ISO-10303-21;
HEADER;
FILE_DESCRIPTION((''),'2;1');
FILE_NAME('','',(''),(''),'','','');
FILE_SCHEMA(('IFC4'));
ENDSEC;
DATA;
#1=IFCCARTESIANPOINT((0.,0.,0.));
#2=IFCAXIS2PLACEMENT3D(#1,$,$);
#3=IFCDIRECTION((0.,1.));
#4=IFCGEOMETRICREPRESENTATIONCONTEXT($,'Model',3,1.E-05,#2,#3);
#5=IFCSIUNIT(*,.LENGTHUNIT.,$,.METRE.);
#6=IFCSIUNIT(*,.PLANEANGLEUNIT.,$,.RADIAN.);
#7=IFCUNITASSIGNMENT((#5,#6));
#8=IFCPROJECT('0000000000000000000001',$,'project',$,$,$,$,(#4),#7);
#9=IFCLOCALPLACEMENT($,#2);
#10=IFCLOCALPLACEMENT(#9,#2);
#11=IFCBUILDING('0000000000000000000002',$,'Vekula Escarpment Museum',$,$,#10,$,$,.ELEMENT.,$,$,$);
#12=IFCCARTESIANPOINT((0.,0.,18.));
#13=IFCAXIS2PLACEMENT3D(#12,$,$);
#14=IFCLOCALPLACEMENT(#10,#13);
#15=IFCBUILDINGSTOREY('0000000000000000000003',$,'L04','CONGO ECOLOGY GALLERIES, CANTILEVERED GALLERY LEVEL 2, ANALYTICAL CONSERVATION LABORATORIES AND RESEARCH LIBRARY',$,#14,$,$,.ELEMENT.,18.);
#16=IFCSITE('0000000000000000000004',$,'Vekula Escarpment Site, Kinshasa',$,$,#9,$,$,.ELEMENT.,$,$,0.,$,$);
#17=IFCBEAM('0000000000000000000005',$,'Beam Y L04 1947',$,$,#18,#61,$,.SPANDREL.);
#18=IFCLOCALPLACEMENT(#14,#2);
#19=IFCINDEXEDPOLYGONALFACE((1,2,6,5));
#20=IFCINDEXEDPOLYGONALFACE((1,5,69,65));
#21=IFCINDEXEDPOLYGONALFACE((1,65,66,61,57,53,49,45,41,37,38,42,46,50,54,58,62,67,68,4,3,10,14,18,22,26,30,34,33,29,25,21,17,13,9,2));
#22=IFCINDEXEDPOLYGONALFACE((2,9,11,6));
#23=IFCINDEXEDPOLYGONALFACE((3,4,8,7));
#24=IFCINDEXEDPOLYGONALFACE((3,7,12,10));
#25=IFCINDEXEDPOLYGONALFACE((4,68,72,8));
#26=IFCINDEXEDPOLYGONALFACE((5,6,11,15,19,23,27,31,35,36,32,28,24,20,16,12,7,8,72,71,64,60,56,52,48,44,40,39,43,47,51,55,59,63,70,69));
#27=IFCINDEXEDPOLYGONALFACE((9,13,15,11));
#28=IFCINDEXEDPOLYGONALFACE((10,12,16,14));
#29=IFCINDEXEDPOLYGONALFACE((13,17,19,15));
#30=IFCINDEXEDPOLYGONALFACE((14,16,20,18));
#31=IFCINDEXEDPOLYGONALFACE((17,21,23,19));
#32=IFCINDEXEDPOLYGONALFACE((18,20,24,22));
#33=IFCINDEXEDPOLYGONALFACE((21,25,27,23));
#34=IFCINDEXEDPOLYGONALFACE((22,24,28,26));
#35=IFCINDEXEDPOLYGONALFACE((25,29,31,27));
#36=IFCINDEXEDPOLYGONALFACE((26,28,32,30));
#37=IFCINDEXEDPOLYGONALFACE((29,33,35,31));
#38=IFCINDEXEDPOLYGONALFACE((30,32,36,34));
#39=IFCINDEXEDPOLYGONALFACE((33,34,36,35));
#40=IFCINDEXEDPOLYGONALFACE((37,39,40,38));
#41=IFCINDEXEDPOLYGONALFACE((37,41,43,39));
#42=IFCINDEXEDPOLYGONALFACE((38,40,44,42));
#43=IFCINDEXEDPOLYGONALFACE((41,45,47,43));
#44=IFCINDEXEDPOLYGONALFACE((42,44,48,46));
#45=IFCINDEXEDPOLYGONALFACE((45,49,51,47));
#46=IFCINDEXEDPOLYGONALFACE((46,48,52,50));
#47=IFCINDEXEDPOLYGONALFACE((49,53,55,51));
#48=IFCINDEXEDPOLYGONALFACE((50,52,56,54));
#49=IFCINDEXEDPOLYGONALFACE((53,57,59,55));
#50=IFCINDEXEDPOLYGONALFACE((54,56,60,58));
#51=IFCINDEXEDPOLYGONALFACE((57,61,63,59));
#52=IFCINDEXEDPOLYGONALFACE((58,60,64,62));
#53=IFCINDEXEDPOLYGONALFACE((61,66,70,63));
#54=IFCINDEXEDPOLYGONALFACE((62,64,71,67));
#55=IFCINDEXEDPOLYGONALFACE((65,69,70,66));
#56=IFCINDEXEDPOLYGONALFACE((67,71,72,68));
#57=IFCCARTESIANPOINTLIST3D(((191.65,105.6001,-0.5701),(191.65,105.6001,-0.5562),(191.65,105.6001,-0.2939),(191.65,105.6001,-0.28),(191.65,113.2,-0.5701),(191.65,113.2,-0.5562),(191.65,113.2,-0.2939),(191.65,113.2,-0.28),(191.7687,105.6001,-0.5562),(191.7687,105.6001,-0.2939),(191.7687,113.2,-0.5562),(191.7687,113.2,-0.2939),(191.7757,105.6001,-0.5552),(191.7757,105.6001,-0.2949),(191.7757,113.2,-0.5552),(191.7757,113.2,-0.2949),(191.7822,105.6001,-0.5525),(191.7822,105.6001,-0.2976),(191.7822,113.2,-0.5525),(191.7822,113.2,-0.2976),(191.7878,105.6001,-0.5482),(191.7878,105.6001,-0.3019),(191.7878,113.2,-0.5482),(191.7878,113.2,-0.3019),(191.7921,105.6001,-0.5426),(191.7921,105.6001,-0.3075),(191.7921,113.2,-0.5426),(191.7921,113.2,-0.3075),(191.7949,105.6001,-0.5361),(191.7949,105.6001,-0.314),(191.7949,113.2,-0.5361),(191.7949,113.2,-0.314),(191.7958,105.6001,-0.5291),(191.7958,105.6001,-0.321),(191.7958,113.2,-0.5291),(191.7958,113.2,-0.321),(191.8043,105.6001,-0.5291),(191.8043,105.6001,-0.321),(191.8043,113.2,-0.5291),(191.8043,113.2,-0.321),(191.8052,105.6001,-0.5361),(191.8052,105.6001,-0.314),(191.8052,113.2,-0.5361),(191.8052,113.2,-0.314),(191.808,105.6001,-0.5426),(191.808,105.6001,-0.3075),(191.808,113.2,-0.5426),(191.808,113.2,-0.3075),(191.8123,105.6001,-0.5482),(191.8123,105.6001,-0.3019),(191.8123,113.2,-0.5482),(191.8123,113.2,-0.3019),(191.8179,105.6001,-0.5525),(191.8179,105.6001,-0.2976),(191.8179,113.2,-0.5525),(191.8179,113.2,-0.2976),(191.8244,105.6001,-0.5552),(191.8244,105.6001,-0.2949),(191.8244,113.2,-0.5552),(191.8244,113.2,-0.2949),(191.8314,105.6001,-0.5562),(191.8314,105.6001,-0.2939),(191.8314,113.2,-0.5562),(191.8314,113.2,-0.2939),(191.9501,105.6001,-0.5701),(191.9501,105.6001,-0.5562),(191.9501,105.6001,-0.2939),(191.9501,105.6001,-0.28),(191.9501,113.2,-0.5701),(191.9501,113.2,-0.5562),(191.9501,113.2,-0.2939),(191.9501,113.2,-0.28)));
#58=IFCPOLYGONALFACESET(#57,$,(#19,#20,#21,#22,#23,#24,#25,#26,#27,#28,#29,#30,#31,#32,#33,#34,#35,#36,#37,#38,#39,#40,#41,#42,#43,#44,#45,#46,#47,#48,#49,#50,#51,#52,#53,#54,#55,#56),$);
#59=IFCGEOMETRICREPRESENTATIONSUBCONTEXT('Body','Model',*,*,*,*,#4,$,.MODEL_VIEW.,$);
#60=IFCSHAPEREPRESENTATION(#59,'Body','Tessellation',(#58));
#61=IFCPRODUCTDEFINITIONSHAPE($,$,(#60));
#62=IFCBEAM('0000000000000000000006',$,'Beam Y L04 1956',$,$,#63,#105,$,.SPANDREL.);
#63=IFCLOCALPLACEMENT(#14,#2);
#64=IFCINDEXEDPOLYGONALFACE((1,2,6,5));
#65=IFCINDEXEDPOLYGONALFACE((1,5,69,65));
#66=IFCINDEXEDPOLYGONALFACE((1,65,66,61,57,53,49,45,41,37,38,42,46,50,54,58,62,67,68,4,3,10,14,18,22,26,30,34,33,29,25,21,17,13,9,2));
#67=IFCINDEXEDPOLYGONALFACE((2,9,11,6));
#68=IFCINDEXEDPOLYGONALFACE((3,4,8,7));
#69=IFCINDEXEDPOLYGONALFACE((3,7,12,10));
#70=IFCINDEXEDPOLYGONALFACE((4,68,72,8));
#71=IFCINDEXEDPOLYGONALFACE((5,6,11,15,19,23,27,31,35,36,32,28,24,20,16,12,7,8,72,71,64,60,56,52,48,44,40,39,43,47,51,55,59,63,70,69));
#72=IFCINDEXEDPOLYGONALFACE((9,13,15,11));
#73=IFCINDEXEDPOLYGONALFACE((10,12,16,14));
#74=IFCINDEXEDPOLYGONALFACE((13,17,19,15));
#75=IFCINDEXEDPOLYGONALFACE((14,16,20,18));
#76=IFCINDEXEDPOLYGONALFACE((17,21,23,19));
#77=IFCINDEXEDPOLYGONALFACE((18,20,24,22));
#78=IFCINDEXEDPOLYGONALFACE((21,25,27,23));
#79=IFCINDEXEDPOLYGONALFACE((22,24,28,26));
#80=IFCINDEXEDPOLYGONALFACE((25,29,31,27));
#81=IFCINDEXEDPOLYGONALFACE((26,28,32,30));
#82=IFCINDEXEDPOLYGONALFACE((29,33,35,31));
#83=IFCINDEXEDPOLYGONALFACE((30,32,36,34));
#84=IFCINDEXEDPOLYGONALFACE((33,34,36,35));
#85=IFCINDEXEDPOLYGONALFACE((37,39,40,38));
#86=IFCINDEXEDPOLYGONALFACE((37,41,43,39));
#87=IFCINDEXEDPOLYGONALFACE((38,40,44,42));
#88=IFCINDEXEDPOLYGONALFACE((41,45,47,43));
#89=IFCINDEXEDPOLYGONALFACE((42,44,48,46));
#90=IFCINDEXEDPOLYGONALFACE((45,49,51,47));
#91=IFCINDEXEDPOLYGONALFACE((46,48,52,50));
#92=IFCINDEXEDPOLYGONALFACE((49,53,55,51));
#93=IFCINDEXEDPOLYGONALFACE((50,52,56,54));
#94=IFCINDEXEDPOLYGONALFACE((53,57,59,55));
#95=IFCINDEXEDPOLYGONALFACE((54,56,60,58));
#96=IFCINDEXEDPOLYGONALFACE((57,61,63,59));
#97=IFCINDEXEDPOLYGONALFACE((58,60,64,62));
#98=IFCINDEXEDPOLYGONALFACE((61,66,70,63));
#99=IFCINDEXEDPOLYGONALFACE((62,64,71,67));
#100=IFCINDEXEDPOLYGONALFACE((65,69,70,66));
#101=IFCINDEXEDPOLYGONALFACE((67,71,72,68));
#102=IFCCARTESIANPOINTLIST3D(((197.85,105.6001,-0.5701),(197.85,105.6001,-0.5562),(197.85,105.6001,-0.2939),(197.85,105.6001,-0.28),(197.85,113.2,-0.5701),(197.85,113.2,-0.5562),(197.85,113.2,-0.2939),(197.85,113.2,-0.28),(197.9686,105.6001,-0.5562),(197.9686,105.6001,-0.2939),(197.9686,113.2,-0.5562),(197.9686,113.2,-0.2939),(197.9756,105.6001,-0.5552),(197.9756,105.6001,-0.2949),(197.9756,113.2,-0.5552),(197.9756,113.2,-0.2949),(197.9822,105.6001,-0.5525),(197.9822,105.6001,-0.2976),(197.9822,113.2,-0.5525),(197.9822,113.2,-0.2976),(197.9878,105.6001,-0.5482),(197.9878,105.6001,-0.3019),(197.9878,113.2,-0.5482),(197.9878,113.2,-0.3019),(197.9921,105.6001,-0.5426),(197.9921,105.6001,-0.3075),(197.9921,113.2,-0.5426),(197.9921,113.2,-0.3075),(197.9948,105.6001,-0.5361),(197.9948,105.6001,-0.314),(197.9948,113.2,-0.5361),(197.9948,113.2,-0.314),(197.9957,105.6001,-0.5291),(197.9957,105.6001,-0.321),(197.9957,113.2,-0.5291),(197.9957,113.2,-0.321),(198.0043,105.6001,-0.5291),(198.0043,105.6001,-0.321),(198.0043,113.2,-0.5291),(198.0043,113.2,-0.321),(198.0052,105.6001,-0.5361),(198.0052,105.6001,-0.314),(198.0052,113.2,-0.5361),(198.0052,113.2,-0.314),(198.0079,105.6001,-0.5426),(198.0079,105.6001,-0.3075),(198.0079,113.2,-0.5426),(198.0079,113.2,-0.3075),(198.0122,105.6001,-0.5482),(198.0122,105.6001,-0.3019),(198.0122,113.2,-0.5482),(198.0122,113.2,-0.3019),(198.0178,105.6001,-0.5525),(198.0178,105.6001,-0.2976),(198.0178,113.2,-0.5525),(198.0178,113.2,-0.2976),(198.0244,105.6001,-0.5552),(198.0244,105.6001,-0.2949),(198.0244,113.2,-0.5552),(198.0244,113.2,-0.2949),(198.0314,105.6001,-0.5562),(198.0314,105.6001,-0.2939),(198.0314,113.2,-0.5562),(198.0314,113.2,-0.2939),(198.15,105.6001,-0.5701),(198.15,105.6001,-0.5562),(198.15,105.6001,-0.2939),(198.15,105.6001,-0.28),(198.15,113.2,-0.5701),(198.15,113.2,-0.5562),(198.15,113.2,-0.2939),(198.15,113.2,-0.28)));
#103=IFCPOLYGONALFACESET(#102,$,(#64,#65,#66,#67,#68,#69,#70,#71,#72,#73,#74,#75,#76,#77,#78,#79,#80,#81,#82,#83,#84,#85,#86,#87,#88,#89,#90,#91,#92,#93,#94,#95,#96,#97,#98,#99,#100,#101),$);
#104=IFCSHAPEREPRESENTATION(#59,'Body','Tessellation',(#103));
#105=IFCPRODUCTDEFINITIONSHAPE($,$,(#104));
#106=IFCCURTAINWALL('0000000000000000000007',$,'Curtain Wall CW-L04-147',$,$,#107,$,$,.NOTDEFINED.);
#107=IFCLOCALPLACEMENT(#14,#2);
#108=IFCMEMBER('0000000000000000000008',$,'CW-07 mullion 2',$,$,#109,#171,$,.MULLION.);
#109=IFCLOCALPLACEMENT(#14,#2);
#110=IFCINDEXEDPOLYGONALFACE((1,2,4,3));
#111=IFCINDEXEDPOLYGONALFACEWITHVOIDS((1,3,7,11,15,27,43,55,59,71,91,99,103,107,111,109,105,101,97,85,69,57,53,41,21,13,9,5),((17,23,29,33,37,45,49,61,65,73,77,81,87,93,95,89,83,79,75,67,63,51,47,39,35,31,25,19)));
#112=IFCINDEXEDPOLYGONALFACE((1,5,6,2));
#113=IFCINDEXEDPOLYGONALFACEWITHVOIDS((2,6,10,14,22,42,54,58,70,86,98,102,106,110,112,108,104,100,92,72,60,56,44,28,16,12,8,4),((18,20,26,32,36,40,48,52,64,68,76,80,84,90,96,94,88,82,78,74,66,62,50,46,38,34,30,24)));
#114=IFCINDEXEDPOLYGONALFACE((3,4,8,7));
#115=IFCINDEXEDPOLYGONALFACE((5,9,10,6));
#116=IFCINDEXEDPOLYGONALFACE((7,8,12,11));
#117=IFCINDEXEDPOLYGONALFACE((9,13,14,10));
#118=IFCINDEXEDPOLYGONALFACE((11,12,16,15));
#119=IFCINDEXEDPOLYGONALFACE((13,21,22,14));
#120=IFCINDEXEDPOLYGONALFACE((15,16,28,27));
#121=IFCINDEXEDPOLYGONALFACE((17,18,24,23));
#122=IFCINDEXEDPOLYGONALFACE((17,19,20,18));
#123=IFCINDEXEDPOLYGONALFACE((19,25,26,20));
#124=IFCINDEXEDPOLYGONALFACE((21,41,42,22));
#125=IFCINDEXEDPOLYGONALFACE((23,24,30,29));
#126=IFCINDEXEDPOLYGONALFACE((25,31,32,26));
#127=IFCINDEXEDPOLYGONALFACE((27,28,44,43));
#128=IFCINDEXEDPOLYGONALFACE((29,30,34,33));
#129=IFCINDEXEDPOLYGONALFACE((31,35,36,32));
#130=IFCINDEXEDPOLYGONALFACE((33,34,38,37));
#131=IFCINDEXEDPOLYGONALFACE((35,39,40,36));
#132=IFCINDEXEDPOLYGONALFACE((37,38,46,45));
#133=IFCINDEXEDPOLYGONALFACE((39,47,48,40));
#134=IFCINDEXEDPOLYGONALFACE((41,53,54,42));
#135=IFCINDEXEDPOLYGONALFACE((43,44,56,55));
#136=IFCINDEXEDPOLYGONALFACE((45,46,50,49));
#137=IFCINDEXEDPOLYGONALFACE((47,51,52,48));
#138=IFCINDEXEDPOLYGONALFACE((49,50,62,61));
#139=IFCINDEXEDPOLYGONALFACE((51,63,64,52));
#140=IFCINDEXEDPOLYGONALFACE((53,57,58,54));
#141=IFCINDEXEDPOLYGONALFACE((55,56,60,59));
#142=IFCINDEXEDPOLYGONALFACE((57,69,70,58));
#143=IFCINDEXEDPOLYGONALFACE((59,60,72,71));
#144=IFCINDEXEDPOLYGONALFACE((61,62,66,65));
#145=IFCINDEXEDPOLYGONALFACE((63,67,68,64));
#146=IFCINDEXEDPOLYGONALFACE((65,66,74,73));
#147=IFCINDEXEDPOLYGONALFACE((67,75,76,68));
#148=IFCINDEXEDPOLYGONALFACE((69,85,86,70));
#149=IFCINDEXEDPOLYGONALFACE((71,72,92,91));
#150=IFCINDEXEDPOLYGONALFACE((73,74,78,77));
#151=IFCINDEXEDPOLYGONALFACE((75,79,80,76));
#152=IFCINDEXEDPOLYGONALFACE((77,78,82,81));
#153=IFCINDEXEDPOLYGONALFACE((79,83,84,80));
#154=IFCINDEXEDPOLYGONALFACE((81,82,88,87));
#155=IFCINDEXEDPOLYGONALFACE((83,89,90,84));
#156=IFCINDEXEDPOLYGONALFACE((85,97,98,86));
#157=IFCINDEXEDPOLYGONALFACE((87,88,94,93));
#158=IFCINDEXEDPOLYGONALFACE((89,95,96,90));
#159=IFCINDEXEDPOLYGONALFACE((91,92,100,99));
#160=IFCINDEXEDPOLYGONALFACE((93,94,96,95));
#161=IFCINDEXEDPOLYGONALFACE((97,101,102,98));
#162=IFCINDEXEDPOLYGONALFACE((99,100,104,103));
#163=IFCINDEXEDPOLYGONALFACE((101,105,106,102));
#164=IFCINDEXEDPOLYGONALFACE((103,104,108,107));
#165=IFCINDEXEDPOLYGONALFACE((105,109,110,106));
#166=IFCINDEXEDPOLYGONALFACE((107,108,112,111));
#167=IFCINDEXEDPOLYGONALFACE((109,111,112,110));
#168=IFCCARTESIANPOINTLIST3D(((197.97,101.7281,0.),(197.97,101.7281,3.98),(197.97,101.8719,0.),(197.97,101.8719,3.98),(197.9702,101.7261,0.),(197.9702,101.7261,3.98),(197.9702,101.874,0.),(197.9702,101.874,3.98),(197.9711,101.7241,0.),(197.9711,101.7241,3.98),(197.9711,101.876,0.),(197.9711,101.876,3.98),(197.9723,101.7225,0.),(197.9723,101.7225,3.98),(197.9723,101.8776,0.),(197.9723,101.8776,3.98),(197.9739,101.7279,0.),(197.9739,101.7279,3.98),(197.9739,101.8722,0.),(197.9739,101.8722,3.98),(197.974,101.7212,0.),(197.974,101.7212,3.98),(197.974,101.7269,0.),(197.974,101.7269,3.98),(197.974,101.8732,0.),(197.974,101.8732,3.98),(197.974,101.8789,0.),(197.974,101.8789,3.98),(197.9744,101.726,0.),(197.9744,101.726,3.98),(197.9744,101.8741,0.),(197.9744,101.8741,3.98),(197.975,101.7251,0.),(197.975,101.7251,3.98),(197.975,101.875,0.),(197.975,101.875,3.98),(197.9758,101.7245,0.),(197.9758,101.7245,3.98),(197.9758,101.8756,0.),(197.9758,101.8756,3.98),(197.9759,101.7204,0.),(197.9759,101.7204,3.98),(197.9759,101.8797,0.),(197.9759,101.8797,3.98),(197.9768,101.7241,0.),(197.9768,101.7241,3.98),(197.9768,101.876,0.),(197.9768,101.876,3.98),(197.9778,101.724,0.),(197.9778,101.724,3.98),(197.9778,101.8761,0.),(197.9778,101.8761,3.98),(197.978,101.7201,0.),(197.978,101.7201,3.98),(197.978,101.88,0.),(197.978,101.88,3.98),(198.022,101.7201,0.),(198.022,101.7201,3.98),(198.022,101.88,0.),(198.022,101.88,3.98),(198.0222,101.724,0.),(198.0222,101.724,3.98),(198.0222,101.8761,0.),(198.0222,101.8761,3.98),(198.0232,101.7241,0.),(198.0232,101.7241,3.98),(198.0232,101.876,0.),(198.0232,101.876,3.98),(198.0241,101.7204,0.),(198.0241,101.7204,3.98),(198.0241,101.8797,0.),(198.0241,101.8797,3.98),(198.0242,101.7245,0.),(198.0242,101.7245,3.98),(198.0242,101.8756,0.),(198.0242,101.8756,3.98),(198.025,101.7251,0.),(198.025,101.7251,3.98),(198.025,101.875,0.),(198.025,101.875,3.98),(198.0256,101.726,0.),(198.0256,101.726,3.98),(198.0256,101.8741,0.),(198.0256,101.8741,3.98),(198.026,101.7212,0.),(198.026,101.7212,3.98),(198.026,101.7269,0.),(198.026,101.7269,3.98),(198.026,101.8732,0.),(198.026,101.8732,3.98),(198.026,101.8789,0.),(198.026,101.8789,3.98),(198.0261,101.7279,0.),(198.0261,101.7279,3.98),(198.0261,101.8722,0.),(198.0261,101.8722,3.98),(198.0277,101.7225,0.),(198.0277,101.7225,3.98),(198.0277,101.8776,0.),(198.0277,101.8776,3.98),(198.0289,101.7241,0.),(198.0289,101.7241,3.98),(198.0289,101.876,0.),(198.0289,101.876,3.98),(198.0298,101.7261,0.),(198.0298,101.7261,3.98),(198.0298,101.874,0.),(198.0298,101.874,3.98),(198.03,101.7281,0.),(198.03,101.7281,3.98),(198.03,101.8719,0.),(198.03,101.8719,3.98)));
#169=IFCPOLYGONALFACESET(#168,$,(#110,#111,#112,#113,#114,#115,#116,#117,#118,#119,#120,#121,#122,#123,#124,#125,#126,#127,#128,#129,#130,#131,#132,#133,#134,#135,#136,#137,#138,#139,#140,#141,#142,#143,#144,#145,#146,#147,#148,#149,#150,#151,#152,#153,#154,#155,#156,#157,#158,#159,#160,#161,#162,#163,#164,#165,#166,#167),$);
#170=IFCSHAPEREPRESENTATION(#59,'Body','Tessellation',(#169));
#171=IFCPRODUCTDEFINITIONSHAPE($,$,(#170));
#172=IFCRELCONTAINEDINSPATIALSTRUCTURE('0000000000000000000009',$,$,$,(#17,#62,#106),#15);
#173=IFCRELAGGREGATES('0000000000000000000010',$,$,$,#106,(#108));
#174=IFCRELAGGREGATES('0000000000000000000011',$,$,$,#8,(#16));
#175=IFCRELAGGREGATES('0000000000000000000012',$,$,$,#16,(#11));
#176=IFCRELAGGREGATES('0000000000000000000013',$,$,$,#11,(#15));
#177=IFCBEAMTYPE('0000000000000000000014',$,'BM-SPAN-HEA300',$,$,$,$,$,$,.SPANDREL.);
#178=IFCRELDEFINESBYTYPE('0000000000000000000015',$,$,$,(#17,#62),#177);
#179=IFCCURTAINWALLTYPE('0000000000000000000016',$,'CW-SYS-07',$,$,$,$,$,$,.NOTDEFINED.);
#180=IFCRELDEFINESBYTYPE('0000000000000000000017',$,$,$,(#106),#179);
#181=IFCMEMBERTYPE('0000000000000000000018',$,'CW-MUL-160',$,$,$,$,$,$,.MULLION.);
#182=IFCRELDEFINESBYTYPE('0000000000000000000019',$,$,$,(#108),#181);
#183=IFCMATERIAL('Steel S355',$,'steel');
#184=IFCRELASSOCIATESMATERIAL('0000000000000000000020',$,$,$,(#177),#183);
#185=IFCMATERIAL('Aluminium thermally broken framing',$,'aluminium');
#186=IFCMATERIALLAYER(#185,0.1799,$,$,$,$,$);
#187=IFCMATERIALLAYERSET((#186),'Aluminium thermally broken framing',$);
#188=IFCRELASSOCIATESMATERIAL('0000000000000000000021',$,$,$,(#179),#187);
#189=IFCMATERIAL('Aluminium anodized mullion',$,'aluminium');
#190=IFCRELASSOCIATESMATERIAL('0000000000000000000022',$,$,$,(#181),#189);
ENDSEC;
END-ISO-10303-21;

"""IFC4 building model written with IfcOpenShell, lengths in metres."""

from ifc_helpers import new_model, si_unit, direction, frame, origin, origin_2d, place, context, subcontext, project, spatial, hollow_rectangle, i_section, extrude, material, layer, layer_set, material_profile, profile_set, type_object, element, aggregate, save


model = new_model("IFC4")

# Units and contexts
model_context = context("Model", 3, precision=1e-05, world=origin(), true_north=direction((0.0, 1.0)))
body_context = subcontext(model_context, "Body", "Model", "MODEL_VIEW")
ifc_project = project(units=[si_unit("LENGTHUNIT", "METRE"), si_unit("PLANEANGLEUNIT", "RADIAN")], contexts=[model_context])

# Site, building, storey
site_placement = place(None, origin())
site = spatial("IfcSite", under=ifc_project, at=site_placement, Name="Vekula Escarpment Site, Kinshasa", CompositionType="ELEMENT", RefElevation=0.0)
building_placement = place(site_placement, origin())
building = spatial("IfcBuilding", under=site, at=building_placement, Name="Vekula Escarpment Museum", CompositionType="ELEMENT")
storey_placement = place(building_placement, frame((0.0, 0.0, 18.0)))
storey = spatial("IfcBuildingStorey", under=building, at=storey_placement, Name="L04", Description="CONGO ECOLOGY GALLERIES, CANTILEVERED GALLERY LEVEL 2, ANALYTICAL CONSERVATION LABORATORIES AND RESEARCH LIBRARY", CompositionType="ELEMENT", Elevation=18.0)

# Beams
ifc_material_1 = material(Name="Steel S355", Category="steel")
ifc_material_profile_1 = material_profile(ifc_material_1, i_section(OverallWidth=0.3, OverallDepth=0.29, WebThickness=0.0085, FlangeThickness=0.0139, FilletRadius=0.0271, at=origin_2d()), Name="HEA 300")
ifc_profile_set_1 = profile_set([ifc_material_profile_1], Name="Steel S355")
beam_type_1 = type_object("IfcBeamType", Name="BM-SPAN-HEA300", PredefinedType="SPANDREL", material=ifc_profile_set_1)
for number, where, z_axis, x_axis, name in (
    (1, (191.8, 105.6001, -0.425), (0.0, 1.0, 0.0), (-1.0, 0.0, 0.0), "Beam Y L04 1947"),
    (2, (198.0, 105.6001, -0.425), (0.0, 1.0, 0.0), (-1.0, 0.0, 0.0), "Beam Y L04 1956"),
):
    element("IfcBeam", number, at=place(storey_placement, frame(where, z_axis=z_axis, x_axis=x_axis)), inside=storey, type_object=beam_type_1, Name=name, PredefinedType="SPANDREL", context=body_context, shape_type="SweptSolid", body=[
        extrude(i_section(OverallWidth=0.3, OverallDepth=0.29, WebThickness=0.0085, FlangeThickness=0.0139, FilletRadius=0.0271, at=origin_2d()), origin(), (0.0, 0.0, 1.0), 7.5999),
    ])

# Curtain wall, member
ifc_material_2 = material(Name="Aluminium thermally broken framing", Category="aluminium")
ifc_layer_1 = layer(ifc_material_2, 0.1799)
ifc_layer_set_1 = layer_set([ifc_layer_1], Name="Aluminium thermally broken framing")
curtain_wall_type = type_object("IfcCurtainWallType", Name="CW-SYS-07", PredefinedType="NOTDEFINED", material=ifc_layer_set_1)
curtain_wall_placement = place(storey_placement, origin())
curtain_wall = element("IfcCurtainWall", 3, at=curtain_wall_placement, inside=storey, type_object=curtain_wall_type, Name="Curtain Wall CW-L04-147", PredefinedType="NOTDEFINED")
ifc_material_3 = material(Name="Aluminium anodized mullion", Category="aluminium")
ifc_material_profile_2 = material_profile(ifc_material_3, hollow_rectangle(XDim=0.0601, YDim=0.1599, WallThickness=0.0039, InnerFilletRadius=0.0039, OuterFilletRadius=0.0081, at=origin_2d()), Name="ALU 160x60x4")
ifc_profile_set_2 = profile_set([ifc_material_profile_2], Name="Aluminium anodized mullion")
member_type_1 = type_object("IfcMemberType", Name="CW-MUL-160", PredefinedType="MULLION", material=ifc_profile_set_2)
member_1_placement = place(storey_placement, frame((198.0, 101.8, 0.0), z_axis=(0.0, 0.0, 1.0), x_axis=(-1.0, 0.0, 0.0)))
member_1 = element("IfcMember", 4, at=member_1_placement, type_object=member_type_1, Name="CW-07 mullion 2", PredefinedType="MULLION", context=body_context, shape_type="SweptSolid", body=[
    extrude(hollow_rectangle(XDim=0.0601, YDim=0.1599, WallThickness=0.0039, InnerFilletRadius=0.0039, OuterFilletRadius=0.0081, at=origin_2d()), origin(), (0.0, 0.0, 1.0), 3.98),
])
aggregate(curtain_wall, [member_1])

save(model, "model.ifc")
